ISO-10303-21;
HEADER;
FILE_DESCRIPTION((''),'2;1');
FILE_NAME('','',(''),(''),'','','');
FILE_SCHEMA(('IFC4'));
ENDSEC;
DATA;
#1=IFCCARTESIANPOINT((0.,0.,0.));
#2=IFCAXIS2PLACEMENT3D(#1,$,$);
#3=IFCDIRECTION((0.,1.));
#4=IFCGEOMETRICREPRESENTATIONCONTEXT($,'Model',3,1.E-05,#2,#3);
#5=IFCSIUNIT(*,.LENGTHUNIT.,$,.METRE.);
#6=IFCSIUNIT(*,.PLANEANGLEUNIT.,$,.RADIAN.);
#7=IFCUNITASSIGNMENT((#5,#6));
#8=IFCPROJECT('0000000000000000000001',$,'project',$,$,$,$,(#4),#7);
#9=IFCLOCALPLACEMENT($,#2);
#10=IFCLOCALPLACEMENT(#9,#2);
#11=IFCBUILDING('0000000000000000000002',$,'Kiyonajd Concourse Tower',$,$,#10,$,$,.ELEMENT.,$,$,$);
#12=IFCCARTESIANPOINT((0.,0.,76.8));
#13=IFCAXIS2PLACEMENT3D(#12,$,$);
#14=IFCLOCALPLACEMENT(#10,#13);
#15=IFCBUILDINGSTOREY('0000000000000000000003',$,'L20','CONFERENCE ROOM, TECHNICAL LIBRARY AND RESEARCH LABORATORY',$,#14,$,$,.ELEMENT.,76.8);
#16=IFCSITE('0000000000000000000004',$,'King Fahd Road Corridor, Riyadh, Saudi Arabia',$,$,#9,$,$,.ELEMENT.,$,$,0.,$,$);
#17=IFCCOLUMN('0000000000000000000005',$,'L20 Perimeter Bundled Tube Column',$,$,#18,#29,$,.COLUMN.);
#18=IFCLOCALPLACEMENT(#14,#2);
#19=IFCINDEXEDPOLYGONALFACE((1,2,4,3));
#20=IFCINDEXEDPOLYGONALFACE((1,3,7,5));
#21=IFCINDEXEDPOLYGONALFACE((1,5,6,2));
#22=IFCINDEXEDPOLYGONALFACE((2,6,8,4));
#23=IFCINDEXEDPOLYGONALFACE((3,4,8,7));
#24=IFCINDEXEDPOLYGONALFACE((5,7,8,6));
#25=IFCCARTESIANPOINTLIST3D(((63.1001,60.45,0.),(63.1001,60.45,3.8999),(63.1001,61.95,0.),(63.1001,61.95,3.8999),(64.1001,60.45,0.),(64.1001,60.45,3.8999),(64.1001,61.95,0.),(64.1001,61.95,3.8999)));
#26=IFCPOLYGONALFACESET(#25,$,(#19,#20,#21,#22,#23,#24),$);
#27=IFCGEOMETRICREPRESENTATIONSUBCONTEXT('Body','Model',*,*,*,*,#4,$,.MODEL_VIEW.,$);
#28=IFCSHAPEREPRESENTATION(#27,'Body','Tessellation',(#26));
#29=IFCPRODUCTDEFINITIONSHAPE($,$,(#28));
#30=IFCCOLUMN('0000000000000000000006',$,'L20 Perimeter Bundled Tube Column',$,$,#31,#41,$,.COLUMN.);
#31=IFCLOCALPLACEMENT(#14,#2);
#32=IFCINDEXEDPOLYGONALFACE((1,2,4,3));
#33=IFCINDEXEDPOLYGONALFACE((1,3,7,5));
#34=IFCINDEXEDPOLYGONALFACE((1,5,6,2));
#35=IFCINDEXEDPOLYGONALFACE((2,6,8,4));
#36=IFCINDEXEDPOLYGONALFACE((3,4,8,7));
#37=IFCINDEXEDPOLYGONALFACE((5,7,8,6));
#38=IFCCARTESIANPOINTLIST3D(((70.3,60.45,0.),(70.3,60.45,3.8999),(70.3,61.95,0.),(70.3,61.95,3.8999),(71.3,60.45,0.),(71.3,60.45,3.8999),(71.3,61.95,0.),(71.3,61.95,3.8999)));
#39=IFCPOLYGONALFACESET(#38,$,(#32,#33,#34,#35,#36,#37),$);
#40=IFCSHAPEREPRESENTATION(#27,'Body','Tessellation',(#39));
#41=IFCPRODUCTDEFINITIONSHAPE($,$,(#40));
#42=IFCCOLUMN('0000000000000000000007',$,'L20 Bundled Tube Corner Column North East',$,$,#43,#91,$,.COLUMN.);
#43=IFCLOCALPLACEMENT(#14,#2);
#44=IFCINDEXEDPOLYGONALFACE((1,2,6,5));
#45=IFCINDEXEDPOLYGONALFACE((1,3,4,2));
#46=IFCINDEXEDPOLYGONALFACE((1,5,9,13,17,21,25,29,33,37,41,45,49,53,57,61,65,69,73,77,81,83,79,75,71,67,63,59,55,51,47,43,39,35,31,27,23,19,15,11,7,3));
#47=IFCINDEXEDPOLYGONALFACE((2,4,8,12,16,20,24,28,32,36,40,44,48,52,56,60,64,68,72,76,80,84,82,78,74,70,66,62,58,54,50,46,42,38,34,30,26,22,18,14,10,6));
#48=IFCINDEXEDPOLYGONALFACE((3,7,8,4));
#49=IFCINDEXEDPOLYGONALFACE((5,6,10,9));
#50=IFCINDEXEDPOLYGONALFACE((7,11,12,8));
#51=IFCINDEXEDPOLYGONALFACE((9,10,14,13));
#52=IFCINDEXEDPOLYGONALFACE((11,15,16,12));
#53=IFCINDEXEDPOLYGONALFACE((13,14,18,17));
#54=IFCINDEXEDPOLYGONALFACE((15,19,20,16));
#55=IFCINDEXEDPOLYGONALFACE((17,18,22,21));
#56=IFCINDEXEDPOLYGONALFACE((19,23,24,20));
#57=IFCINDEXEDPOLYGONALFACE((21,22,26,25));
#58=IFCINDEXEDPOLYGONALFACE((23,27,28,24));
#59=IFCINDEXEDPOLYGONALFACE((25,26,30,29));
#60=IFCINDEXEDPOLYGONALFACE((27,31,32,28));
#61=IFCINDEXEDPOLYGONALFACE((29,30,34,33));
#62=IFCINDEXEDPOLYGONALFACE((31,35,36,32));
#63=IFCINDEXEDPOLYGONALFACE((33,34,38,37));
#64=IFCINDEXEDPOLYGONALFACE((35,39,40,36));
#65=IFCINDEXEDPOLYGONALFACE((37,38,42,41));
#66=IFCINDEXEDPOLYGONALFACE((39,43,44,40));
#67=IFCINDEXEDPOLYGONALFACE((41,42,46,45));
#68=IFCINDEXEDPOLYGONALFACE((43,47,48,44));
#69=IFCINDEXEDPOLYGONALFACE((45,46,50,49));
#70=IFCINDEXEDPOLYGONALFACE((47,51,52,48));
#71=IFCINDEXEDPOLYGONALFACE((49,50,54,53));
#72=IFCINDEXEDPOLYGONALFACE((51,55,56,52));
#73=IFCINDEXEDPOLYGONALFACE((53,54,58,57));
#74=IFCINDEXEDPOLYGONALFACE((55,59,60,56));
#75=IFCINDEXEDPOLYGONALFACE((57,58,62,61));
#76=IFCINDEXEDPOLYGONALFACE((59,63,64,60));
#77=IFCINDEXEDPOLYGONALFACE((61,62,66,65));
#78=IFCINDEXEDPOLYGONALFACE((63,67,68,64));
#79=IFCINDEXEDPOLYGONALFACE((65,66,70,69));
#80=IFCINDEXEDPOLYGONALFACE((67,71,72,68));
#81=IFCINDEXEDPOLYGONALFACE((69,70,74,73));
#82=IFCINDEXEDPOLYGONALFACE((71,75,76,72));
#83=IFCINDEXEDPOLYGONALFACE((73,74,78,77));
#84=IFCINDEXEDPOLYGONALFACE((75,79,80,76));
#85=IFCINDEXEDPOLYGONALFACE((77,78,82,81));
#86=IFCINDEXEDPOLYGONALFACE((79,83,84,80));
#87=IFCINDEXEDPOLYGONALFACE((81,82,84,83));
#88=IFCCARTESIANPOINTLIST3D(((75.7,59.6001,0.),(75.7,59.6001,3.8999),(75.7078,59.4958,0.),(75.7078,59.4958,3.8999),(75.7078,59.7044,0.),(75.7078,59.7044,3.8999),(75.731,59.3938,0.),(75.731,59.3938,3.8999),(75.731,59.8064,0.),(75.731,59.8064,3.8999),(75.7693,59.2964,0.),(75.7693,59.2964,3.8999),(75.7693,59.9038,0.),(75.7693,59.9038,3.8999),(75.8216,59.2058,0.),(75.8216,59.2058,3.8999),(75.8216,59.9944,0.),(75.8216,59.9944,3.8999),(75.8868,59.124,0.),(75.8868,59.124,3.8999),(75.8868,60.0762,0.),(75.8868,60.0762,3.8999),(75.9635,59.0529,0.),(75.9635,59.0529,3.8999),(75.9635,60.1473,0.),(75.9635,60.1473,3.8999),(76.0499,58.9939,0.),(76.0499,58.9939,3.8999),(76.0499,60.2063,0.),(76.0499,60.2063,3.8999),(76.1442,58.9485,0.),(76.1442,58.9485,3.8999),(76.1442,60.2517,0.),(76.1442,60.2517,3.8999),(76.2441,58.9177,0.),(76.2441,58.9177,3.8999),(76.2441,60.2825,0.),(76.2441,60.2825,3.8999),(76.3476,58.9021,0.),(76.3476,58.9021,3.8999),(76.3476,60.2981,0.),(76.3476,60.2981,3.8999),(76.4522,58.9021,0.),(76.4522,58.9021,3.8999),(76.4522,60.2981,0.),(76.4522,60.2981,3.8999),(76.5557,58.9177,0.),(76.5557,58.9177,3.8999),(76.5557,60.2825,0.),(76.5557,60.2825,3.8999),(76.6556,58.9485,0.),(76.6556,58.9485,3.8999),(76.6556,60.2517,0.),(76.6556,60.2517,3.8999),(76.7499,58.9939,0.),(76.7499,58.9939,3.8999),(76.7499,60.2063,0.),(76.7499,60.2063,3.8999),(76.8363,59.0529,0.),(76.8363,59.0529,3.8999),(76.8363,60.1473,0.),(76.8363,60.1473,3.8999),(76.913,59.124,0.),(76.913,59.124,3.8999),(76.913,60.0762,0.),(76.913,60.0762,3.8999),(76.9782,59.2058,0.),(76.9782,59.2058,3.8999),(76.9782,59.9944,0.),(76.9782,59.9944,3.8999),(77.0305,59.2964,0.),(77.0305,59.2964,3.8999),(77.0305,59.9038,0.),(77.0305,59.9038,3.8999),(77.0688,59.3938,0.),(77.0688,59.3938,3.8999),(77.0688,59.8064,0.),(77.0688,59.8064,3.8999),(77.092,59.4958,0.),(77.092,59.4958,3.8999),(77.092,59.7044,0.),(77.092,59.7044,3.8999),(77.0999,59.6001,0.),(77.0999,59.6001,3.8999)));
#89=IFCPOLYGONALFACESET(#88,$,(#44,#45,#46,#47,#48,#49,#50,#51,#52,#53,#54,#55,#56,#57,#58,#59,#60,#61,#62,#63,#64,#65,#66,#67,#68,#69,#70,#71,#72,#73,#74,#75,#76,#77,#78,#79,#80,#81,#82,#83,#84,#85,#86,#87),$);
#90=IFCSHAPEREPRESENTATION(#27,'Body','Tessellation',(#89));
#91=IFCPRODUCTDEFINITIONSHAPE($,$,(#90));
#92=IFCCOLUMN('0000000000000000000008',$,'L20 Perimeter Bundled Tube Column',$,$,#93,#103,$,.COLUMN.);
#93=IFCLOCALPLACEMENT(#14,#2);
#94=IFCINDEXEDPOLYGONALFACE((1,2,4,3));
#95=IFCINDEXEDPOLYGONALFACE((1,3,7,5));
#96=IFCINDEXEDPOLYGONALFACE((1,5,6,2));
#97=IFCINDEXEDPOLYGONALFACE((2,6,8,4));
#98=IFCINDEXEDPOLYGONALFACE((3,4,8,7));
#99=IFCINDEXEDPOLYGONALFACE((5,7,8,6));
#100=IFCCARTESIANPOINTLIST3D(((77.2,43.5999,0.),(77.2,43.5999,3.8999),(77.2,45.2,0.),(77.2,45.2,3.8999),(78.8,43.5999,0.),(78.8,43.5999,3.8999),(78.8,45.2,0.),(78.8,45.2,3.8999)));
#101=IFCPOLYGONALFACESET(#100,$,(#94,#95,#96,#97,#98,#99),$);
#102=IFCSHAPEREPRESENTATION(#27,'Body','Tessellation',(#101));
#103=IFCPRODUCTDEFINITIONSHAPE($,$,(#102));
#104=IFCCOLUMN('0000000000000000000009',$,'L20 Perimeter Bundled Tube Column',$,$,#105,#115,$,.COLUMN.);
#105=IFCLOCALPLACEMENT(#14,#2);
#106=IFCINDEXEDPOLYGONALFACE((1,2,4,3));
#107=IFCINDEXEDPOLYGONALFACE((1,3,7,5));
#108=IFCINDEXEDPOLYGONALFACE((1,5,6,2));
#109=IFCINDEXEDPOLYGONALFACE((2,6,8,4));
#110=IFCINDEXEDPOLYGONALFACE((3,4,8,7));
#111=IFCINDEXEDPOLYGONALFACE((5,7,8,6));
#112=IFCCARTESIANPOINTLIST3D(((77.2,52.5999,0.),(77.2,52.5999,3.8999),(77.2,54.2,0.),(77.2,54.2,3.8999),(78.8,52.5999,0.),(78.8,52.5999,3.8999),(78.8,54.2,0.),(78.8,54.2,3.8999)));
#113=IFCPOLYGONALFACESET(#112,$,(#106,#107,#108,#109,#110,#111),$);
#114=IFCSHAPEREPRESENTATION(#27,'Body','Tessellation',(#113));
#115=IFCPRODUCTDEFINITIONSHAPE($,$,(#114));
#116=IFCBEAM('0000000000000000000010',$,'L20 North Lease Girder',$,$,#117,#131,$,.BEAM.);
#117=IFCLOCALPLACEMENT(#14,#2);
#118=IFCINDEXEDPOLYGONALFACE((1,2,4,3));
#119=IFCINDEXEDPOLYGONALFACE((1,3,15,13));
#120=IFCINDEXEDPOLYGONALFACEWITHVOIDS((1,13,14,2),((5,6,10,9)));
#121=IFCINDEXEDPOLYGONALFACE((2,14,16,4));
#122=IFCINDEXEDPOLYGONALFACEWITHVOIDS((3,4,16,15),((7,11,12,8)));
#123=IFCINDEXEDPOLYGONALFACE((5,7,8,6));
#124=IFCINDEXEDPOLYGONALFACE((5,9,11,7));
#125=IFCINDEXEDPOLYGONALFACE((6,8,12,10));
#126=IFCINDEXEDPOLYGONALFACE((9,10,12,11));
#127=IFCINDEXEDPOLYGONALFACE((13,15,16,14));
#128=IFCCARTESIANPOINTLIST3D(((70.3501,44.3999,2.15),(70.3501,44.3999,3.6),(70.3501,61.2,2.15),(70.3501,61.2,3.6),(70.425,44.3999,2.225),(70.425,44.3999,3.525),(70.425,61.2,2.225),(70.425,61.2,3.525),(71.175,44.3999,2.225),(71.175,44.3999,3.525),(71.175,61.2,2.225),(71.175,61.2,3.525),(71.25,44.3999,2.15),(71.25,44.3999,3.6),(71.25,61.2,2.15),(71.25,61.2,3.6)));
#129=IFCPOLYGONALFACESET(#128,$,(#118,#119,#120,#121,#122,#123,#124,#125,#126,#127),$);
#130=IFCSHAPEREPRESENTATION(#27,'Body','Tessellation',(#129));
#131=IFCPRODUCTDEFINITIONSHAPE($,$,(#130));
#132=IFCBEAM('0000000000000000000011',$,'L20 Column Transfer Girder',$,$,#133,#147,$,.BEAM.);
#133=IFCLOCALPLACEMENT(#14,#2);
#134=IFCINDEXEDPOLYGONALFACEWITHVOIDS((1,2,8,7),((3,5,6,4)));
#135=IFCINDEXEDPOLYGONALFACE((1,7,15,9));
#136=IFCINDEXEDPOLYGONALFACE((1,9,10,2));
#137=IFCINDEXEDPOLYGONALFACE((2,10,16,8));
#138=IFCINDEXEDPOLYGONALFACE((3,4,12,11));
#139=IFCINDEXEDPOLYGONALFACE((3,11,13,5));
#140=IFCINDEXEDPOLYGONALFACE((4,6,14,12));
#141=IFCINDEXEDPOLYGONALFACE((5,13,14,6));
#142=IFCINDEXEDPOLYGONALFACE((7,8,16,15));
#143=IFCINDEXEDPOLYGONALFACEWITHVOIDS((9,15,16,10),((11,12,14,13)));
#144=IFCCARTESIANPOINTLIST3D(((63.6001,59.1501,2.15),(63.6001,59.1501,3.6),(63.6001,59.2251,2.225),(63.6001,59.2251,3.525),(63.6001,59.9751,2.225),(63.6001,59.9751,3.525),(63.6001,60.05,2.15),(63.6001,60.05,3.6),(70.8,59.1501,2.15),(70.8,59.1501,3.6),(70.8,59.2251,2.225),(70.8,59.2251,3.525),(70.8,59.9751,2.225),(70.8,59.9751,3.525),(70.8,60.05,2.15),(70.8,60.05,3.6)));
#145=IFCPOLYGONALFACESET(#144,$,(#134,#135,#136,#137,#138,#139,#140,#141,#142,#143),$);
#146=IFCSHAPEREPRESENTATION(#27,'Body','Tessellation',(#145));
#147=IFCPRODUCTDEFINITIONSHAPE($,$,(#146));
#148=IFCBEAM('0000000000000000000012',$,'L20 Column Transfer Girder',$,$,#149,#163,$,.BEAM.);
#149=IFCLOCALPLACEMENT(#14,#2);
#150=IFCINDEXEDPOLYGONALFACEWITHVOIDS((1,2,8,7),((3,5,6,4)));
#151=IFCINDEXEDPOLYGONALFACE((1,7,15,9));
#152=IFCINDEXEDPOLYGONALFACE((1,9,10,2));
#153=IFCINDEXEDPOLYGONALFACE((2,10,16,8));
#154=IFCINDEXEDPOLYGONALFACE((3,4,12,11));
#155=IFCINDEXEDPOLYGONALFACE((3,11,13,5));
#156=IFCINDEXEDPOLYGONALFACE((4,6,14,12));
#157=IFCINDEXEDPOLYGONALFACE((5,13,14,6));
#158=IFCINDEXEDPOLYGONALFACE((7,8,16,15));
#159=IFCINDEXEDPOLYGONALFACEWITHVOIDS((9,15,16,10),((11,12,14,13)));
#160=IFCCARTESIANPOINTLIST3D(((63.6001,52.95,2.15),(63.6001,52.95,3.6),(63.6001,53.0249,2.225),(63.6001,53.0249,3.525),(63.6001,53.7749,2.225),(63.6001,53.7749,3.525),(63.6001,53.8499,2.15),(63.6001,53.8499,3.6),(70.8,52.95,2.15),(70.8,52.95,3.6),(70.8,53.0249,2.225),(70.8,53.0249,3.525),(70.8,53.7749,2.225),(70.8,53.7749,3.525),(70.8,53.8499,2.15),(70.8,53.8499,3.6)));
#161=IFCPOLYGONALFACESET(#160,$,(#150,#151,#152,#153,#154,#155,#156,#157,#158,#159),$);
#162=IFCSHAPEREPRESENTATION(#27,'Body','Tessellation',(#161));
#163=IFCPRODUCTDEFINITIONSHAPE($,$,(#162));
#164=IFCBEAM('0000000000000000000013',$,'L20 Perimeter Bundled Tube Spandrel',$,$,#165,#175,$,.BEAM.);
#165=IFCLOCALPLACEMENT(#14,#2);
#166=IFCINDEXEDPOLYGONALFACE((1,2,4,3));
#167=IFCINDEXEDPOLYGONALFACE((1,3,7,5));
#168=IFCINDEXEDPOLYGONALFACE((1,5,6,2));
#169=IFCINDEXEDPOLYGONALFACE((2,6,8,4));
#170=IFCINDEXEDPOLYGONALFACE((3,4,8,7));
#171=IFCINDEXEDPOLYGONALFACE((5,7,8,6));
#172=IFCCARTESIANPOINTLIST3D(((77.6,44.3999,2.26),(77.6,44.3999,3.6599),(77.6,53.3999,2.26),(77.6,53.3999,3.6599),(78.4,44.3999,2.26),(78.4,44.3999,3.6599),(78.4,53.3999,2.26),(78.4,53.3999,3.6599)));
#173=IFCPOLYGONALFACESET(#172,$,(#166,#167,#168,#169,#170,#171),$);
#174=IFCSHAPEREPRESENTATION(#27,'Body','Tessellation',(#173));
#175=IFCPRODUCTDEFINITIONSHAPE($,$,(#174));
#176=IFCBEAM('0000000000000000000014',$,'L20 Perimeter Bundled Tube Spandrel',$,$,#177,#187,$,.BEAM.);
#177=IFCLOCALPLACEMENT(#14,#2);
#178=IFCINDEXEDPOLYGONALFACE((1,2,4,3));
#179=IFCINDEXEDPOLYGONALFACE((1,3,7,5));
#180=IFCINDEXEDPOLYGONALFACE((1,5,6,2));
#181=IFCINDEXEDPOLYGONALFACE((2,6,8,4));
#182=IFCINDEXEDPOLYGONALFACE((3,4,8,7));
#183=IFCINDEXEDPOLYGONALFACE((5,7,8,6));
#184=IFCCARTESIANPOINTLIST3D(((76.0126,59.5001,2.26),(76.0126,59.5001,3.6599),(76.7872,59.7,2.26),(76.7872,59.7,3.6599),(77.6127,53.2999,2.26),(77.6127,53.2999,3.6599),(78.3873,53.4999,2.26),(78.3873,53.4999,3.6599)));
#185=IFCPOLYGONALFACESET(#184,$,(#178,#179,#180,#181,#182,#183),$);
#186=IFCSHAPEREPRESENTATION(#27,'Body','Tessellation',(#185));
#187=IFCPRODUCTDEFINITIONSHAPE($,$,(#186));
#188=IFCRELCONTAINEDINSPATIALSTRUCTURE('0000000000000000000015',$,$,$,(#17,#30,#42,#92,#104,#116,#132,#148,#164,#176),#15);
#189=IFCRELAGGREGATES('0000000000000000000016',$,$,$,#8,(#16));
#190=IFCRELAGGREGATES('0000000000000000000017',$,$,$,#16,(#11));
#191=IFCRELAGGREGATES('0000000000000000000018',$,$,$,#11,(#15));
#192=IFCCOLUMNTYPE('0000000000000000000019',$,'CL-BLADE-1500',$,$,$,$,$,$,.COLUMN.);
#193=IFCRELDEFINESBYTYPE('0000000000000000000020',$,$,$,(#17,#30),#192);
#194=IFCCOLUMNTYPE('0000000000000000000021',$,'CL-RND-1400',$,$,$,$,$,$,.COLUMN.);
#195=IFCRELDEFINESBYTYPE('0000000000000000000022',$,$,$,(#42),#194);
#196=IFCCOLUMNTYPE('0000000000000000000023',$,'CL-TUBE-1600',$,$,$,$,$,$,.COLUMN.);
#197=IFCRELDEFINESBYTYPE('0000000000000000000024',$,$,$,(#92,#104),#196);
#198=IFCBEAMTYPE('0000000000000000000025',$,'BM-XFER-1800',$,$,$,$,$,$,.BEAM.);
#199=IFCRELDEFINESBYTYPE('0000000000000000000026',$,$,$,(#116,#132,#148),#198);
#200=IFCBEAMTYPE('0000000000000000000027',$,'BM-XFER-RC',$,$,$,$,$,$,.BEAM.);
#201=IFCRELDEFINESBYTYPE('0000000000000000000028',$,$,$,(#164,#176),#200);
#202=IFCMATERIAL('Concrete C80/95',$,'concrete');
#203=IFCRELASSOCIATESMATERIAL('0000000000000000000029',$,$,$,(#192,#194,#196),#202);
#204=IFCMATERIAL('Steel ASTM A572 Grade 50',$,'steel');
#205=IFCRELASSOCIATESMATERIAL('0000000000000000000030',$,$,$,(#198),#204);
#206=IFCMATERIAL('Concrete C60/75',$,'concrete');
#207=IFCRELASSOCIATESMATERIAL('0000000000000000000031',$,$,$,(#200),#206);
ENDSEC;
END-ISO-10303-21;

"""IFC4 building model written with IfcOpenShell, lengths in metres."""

from ifc_helpers import new_model, si_unit, direction, frame, origin, origin_2d, place, context, subcontext, project, spatial, rectangle, hollow_rectangle, circle, extrude, material, material_profile, profile_set, type_object, element, save


model = new_model("IFC4")

# Units and contexts
model_context = context("Model", 3, precision=1e-05, world=origin(), true_north=direction((0.0, 1.0)))
body_context = subcontext(model_context, "Body", "Model", "MODEL_VIEW")
ifc_project = project(units=[si_unit("LENGTHUNIT", "METRE"), si_unit("PLANEANGLEUNIT", "RADIAN")], contexts=[model_context])

# Site, building, storey
site_placement = place(None, origin())
site = spatial("IfcSite", under=ifc_project, at=site_placement, Name="King Fahd Road Corridor, Riyadh, Saudi Arabia", CompositionType="ELEMENT", RefElevation=0.0)
building_placement = place(site_placement, origin())
building = spatial("IfcBuilding", under=site, at=building_placement, Name="Kiyonajd Concourse Tower", CompositionType="ELEMENT")
storey_placement = place(building_placement, frame((0.0, 0.0, 76.8)))
storey = spatial("IfcBuildingStorey", under=building, at=storey_placement, Name="L20", Description="CONFERENCE ROOM, TECHNICAL LIBRARY AND RESEARCH LABORATORY", CompositionType="ELEMENT", Elevation=76.8)

# Columns
ifc_material_1 = material(Name="Concrete C80/95", Category="concrete")
ifc_material_profile_1 = material_profile(ifc_material_1, rectangle(XDim=1.0, YDim=1.5, at=origin_2d()), Name="RC-1500x1000")
ifc_profile_set_1 = profile_set([ifc_material_profile_1], Name="Concrete C80/95")
column_type_1 = type_object("IfcColumnType", Name="CL-BLADE-1500", PredefinedType="COLUMN", material=ifc_profile_set_1)
for number, where, z_axis, x_axis, name in (
    (1, (63.6001, 61.2, 0.0), (0.0, 0.0, 1.0), (1.0, 0.0, 0.0), "L20 Perimeter Bundled Tube Column"),
    (2, (70.8, 61.2, 0.0), (0.0, 0.0, 1.0), (1.0, 0.0, 0.0), "L20 Perimeter Bundled Tube Column"),
):
    element("IfcColumn", number, at=place(storey_placement, frame(where, z_axis=z_axis, x_axis=x_axis)), inside=storey, type_object=column_type_1, Name=name, PredefinedType="COLUMN", context=body_context, shape_type="SweptSolid", body=[
        extrude(rectangle(XDim=1.0, YDim=1.5, at=origin_2d()), origin(), (0.0, 0.0, 1.0), 3.8999),
    ])
ifc_material_profile_2 = material_profile(ifc_material_1, circle(Radius=0.7, at=origin_2d()), Name="RCC-D1400")
ifc_profile_set_2 = profile_set([ifc_material_profile_2], Name="Concrete C80/95")
column_type_2 = type_object("IfcColumnType", Name="CL-RND-1400", PredefinedType="COLUMN", material=ifc_profile_set_2)
column_placement = place(storey_placement, frame((76.3999, 59.6001, 0.0), z_axis=(0.0, 0.0, 1.0), x_axis=(1.0, 0.0, 0.0)))
element("IfcColumn", 3, at=column_placement, inside=storey, type_object=column_type_2, Name="L20 Bundled Tube Corner Column North East", PredefinedType="COLUMN", context=body_context, shape_type="SweptSolid", body=[
    extrude(circle(Radius=0.7, at=origin_2d()), origin(), (0.0, 0.0, 1.0), 3.8999),
])
ifc_material_profile_3 = material_profile(ifc_material_1, rectangle(XDim=1.6001, YDim=1.6001, at=origin_2d()), Name="RC-1600x1600")
ifc_profile_set_3 = profile_set([ifc_material_profile_3], Name="Concrete C80/95")
column_type_3 = type_object("IfcColumnType", Name="CL-TUBE-1600", PredefinedType="COLUMN", material=ifc_profile_set_3)
for number, where, z_axis, x_axis, name in (
    (4, (78.0, 44.3999, 0.0), (0.0, 0.0, 1.0), (1.0, 0.0, 0.0), "L20 Perimeter Bundled Tube Column"),
    (5, (78.0, 53.3999, 0.0), (0.0, 0.0, 1.0), (1.0, 0.0, 0.0), "L20 Perimeter Bundled Tube Column"),
):
    element("IfcColumn", number, at=place(storey_placement, frame(where, z_axis=z_axis, x_axis=x_axis)), inside=storey, type_object=column_type_3, Name=name, PredefinedType="COLUMN", context=body_context, shape_type="SweptSolid", body=[
        extrude(rectangle(XDim=1.6001, YDim=1.6001, at=origin_2d()), origin(), (0.0, 0.0, 1.0), 3.8999),
    ])

# Beams
ifc_material_2 = material(Name="Steel ASTM A572 Grade 50", Category="steel")
ifc_material_profile_4 = material_profile(ifc_material_2, hollow_rectangle(XDim=0.8999, YDim=1.45, WallThickness=0.075, at=origin_2d()), Name="BOX-1450x900x75")
ifc_profile_set_4 = profile_set([ifc_material_profile_4], Name="Steel ASTM A572 Grade 50")
beam_type_1 = type_object("IfcBeamType", Name="BM-XFER-1800", PredefinedType="BEAM", material=ifc_profile_set_4)
beam_1_placement = place(storey_placement, frame((70.8, 44.3999, 2.875), z_axis=(0.0, 1.0, 0.0), x_axis=(-1.0, 0.0, 0.0)))
element("IfcBeam", 6, at=beam_1_placement, inside=storey, type_object=beam_type_1, Name="L20 North Lease Girder", PredefinedType="BEAM", context=body_context, shape_type="SweptSolid", body=[
    extrude(hollow_rectangle(XDim=0.8999, YDim=1.45, WallThickness=0.075, at=origin_2d()), origin(), (0.0, 0.0, 1.0), 16.8),
])
for number, where, z_axis, x_axis, name in (
    (7, (63.6001, 59.6001, 2.875), (1.0, 0.0, 0.0), (0.0, 1.0, 0.0), "L20 Column Transfer Girder"),
    (8, (63.6001, 53.3999, 2.875), (1.0, 0.0, 0.0), (0.0, 1.0, 0.0), "L20 Column Transfer Girder"),
):
    element("IfcBeam", number, at=place(storey_placement, frame(where, z_axis=z_axis, x_axis=x_axis)), inside=storey, type_object=beam_type_1, Name=name, PredefinedType="BEAM", context=body_context, shape_type="SweptSolid", body=[
        extrude(hollow_rectangle(XDim=0.8999, YDim=1.45, WallThickness=0.075, at=origin_2d()), origin(), (0.0, 0.0, 1.0), 7.2),
    ])
ifc_material_3 = material(Name="Concrete C60/75", Category="concrete")
ifc_material_profile_5 = material_profile(ifc_material_3, rectangle(XDim=0.8, YDim=1.3999, at=origin_2d()), Name="RCBM-800x1400")
ifc_profile_set_5 = profile_set([ifc_material_profile_5], Name="Concrete C60/75")
beam_type_2 = type_object("IfcBeamType", Name="BM-XFER-RC", PredefinedType="BEAM", material=ifc_profile_set_5)
beam_2_placement = place(storey_placement, frame((78.0, 44.3999, 2.96), z_axis=(0.0, 1.0, 0.0), x_axis=(-1.0, 0.0, 0.0)))
element("IfcBeam", 9, at=beam_2_placement, inside=storey, type_object=beam_type_2, Name="L20 Perimeter Bundled Tube Spandrel", PredefinedType="BEAM", context=body_context, shape_type="SweptSolid", body=[
    extrude(rectangle(XDim=0.8, YDim=1.3999, at=origin_2d()), origin(), (0.0, 0.0, 1.0), 9.0),
])
beam_3_placement = place(storey_placement, frame((78.0, 53.3999, 2.96), z_axis=(-0.249885, 0.968276, 0.0), x_axis=(-0.968276, -0.249885, 0.0)))
element("IfcBeam", 10, at=beam_3_placement, inside=storey, type_object=beam_type_2, Name="L20 Perimeter Bundled Tube Spandrel", PredefinedType="BEAM", context=body_context, shape_type="SweptSolid", body=[
    extrude(rectangle(XDim=0.8, YDim=1.3999, at=origin_2d()), origin(), (0.0, 0.0, 1.0), 6.4033),
])

save(model, "model.ifc")
